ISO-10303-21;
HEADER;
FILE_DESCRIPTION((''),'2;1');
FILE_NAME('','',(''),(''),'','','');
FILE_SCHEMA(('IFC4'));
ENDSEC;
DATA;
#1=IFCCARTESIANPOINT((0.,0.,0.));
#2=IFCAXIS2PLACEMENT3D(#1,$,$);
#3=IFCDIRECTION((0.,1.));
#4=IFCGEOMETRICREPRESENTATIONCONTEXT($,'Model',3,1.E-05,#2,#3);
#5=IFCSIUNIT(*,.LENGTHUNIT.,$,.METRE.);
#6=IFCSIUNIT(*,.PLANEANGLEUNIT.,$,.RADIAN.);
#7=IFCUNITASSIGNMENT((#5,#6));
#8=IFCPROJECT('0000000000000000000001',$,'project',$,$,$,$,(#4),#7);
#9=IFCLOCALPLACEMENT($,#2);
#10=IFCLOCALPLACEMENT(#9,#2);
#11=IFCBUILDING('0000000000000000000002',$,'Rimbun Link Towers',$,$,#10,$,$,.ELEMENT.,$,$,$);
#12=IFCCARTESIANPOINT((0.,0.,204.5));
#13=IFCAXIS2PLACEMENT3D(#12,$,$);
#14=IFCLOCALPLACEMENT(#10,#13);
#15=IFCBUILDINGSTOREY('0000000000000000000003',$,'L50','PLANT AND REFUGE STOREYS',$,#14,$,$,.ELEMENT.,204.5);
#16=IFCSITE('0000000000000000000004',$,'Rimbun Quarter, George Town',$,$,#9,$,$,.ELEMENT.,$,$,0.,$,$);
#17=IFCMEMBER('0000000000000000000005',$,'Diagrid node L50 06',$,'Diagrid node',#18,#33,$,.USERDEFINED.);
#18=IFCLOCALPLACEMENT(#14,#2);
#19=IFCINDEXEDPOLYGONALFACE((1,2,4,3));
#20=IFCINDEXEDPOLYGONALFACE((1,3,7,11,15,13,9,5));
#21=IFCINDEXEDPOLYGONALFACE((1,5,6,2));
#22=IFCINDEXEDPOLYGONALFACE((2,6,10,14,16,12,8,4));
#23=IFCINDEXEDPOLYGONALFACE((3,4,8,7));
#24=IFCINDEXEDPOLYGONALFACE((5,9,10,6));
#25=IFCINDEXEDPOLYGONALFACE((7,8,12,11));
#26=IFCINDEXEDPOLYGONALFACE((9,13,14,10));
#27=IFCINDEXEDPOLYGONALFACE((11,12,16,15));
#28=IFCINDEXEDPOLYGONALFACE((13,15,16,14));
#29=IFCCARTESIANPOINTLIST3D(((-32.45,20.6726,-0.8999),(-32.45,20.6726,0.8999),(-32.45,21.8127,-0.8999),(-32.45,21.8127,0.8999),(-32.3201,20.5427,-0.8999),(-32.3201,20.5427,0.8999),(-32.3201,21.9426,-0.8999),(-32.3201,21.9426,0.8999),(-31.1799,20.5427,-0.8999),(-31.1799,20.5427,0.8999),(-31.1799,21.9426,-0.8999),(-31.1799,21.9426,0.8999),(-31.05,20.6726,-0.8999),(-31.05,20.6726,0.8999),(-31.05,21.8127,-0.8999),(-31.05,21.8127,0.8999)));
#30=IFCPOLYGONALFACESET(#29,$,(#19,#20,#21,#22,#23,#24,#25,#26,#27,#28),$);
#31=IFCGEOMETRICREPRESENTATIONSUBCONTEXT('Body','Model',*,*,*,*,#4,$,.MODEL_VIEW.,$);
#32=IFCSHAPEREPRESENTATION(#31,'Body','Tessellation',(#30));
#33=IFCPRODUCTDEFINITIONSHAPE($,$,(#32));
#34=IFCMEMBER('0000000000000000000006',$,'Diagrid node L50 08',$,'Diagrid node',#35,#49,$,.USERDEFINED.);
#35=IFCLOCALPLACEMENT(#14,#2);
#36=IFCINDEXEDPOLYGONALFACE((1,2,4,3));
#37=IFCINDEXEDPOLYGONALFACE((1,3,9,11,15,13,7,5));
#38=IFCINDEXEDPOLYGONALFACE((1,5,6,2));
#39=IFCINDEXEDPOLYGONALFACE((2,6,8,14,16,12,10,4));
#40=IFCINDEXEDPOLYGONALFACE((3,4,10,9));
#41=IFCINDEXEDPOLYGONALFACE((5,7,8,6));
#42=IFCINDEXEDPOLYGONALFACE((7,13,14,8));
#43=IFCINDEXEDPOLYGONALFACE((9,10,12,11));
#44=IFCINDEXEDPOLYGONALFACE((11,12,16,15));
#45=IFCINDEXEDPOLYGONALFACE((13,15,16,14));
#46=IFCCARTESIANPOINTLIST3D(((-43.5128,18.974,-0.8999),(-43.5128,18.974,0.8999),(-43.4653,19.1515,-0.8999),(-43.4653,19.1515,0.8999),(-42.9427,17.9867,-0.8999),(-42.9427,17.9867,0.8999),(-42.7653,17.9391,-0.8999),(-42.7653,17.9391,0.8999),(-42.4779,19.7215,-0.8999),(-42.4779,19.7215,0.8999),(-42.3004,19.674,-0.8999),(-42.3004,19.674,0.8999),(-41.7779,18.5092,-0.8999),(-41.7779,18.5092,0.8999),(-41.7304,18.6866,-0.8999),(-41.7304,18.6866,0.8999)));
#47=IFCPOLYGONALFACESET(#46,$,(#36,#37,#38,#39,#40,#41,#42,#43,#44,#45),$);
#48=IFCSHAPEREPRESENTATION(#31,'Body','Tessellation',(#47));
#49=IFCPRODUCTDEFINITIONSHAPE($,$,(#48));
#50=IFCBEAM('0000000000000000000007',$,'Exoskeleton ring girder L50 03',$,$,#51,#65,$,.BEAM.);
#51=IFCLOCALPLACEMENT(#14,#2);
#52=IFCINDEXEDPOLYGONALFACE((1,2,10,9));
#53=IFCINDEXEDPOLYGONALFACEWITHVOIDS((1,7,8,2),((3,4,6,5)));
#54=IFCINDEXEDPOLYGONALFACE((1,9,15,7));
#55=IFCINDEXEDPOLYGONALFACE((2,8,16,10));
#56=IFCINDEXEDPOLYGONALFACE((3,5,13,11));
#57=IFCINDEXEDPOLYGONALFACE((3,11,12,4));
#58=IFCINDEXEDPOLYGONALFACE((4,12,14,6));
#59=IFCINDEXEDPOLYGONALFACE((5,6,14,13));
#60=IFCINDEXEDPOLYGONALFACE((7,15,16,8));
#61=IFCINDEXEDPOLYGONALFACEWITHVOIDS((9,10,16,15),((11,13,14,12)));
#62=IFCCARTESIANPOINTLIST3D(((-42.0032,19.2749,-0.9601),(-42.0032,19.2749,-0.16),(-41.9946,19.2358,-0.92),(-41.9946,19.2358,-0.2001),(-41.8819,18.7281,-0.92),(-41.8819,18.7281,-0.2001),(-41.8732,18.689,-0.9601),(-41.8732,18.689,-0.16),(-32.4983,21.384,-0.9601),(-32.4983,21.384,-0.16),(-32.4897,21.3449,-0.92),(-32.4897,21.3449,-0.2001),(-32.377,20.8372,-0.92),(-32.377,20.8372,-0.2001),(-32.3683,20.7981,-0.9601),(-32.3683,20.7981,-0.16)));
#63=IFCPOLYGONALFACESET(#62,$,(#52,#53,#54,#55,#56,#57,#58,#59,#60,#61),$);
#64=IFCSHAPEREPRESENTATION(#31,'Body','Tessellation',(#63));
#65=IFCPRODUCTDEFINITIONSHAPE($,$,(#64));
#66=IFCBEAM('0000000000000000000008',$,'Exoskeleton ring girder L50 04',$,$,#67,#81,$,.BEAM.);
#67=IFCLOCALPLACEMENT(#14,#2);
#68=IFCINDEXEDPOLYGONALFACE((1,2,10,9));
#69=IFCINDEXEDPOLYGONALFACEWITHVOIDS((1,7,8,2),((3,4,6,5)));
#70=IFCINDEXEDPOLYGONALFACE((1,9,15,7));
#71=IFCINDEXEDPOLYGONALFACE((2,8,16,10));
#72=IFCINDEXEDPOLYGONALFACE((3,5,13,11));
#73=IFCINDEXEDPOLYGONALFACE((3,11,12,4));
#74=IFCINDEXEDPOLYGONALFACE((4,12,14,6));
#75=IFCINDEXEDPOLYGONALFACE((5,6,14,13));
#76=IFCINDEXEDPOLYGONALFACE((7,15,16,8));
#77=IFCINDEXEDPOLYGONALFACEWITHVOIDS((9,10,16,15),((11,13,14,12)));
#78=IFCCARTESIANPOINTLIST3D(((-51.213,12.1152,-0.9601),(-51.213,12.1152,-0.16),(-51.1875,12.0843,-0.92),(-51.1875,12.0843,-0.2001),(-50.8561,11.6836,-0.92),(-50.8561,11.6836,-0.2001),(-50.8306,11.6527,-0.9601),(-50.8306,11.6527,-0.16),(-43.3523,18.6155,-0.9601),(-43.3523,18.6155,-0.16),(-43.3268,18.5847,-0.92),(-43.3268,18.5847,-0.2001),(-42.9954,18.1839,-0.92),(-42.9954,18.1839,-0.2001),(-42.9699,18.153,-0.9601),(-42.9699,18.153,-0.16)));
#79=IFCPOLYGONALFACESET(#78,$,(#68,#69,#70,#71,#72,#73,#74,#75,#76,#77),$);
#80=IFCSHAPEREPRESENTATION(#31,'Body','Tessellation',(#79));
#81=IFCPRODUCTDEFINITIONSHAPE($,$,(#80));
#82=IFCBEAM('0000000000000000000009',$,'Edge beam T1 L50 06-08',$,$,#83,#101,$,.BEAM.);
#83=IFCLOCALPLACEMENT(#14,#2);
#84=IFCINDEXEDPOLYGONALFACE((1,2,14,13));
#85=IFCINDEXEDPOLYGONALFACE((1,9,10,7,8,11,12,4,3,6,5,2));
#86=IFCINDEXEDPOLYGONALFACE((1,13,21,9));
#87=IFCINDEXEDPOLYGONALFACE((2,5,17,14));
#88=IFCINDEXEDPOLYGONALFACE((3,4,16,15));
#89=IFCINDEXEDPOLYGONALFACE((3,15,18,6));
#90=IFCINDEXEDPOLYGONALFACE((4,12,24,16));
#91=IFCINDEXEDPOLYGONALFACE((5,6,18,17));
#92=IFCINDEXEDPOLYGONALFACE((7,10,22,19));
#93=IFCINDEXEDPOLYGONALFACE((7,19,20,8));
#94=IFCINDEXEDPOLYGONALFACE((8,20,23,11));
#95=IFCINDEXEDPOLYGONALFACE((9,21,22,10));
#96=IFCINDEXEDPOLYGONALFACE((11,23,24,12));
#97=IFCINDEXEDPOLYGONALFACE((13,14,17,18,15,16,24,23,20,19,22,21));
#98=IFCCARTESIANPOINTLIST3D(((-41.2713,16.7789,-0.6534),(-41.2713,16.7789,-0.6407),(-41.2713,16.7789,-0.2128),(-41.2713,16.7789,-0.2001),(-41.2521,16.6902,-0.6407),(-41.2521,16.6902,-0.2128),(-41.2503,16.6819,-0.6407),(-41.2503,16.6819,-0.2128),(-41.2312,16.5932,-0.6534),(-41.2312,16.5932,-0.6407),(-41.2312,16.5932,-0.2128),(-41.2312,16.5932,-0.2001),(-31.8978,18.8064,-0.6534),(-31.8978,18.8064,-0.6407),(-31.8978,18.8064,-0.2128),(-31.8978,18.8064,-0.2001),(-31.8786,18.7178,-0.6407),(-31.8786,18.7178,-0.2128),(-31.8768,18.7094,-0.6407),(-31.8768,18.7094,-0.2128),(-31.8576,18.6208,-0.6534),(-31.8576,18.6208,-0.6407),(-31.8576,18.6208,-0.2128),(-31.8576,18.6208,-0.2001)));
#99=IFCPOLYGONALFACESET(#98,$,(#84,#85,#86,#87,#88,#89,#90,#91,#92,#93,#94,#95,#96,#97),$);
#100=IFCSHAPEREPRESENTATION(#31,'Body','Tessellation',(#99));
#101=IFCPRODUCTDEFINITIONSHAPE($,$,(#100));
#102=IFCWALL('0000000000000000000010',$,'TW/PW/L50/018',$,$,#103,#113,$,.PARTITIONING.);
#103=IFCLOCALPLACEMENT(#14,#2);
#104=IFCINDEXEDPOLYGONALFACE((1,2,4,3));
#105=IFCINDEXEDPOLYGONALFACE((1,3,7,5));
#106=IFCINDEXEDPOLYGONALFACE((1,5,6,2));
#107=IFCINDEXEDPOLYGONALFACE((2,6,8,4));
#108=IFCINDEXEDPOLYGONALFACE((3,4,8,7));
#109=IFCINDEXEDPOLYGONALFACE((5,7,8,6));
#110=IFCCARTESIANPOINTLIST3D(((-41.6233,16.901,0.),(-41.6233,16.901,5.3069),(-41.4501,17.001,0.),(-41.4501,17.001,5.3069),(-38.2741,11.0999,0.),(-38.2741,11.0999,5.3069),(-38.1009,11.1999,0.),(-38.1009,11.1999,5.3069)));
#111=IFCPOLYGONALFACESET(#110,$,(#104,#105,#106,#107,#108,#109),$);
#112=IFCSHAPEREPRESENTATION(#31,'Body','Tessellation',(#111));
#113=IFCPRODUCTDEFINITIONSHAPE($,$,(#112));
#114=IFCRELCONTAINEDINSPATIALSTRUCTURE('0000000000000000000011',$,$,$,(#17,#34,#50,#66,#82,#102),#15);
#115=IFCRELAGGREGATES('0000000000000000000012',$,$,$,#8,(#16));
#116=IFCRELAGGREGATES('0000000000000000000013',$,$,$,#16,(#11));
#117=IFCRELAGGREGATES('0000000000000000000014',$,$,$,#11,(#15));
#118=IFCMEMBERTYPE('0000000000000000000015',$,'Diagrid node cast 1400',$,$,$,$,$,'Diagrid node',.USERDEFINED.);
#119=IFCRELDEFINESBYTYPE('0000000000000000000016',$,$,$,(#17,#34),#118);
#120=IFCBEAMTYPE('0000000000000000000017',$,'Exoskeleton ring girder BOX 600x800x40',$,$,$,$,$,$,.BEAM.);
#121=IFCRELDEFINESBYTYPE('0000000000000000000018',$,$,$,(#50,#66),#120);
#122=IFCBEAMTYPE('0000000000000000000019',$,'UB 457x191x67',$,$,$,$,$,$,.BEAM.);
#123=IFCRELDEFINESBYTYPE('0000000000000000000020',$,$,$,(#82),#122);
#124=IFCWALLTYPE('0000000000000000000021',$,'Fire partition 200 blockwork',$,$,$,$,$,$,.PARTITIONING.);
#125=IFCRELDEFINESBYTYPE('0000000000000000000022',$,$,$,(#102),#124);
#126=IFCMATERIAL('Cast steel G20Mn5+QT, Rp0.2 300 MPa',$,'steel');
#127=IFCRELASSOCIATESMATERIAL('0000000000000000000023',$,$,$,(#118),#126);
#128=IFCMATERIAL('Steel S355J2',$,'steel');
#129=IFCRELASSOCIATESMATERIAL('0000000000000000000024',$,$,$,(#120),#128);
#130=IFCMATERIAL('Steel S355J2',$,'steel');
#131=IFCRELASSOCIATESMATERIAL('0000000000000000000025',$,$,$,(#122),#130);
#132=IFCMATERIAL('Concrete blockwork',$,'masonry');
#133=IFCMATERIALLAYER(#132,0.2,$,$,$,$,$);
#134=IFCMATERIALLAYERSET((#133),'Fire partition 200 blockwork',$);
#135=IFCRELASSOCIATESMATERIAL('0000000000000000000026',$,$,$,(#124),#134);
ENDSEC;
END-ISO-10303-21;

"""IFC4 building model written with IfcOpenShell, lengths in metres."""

from ifc_helpers import new_model, si_unit, direction, frame, frame_2d, origin, origin_2d, place, context, subcontext, project, spatial, polyline, rectangle, hollow_rectangle, i_section, outline, extrude, material, layer, layer_set, material_profile, profile_set, type_object, element, save


model = new_model("IFC4")

# Units and contexts
model_context = context("Model", 3, precision=1e-05, world=origin(), true_north=direction((0.0, 1.0)))
body_context = subcontext(model_context, "Body", "Model", "MODEL_VIEW")
ifc_project = project(units=[si_unit("LENGTHUNIT", "METRE"), si_unit("PLANEANGLEUNIT", "RADIAN")], contexts=[model_context])

# Site, building, storey
site_placement = place(None, origin())
site = spatial("IfcSite", under=ifc_project, at=site_placement, Name="Rimbun Quarter, George Town", CompositionType="ELEMENT", RefElevation=0.0)
building_placement = place(site_placement, origin())
building = spatial("IfcBuilding", under=site, at=building_placement, Name="Rimbun Link Towers", CompositionType="ELEMENT")
storey_placement = place(building_placement, frame((0.0, 0.0, 204.5)))
storey = spatial("IfcBuildingStorey", under=building, at=storey_placement, Name="L50", Description="PLANT AND REFUGE STOREYS", CompositionType="ELEMENT", Elevation=204.5)

# Members
ifc_material_1 = material(Name="Cast steel G20Mn5+QT, Rp0.2 300 MPa", Category="steel")
ifc_material_profile_1 = material_profile(ifc_material_1, outline(polyline([(0.7, -0.5701), (0.7, 0.5701), (0.5701, 0.7), (-0.5701, 0.7), (-0.7, 0.5701), (-0.7, -0.5701), (-0.5701, -0.7), (0.5701, -0.7), (0.7, -0.5701)])), Name="NODE 1400x1400")
ifc_profile_set_1 = profile_set([ifc_material_profile_1], Name="Cast steel G20Mn5+QT, Rp0.2 300 MPa")
member_type_1 = type_object("IfcMemberType", Name="Diagrid node cast 1400", ElementType="Diagrid node", PredefinedType="USERDEFINED", material=ifc_profile_set_1)
for number, where, z_axis, x_axis, name in (
    (1, (-31.75, 21.2427, -0.8999), (0.0, 0.0, 1.0), (0.0, 1.0, 0.0), "Diagrid node L50 06"),
    (2, (-42.6216, 18.8303, -0.8999), (0.0, 0.0, 1.0), (-0.5, 0.866025, 0.0), "Diagrid node L50 08"),
):
    element("IfcMember", number, at=place(storey_placement, frame(where, z_axis=z_axis, x_axis=x_axis)), inside=storey, type_object=member_type_1, Name=name, ObjectType="Diagrid node", PredefinedType="USERDEFINED", context=body_context, shape_type="SweptSolid", body=[
        extrude(outline(polyline([(0.7, -0.5701), (0.7, 0.5701), (0.5701, 0.7), (-0.5701, 0.7), (-0.7, 0.5701), (-0.7, -0.5701), (-0.5701, -0.7), (0.5701, -0.7), (0.7, -0.5701)])), origin(), (0.0, 0.0, 1.0), 1.7998),
    ])

# Beams
ifc_material_2 = material(Name="Steel S355J2", Category="steel")
ifc_material_profile_2 = material_profile(ifc_material_2, hollow_rectangle(XDim=0.6001, YDim=0.8, WallThickness=0.04, at=origin_2d()), Name="Exoskeleton ring girder BOX 600x800x40")
ifc_profile_set_2 = profile_set([ifc_material_profile_2], Name="Steel S355J2")
beam_type_1 = type_object("IfcBeamType", Name="Exoskeleton ring girder BOX 600x800x40", PredefinedType="BEAM", material=ifc_profile_set_2)
beam_1_placement = place(storey_placement, frame((-32.4333, 21.0911, -0.5601), z_axis=(-0.976254, -0.21663, 0.0), x_axis=(0.21663, -0.976254, 0.0)))
element("IfcBeam", 3, at=beam_1_placement, inside=storey, type_object=beam_type_1, Name="Exoskeleton ring girder L50 03", PredefinedType="BEAM", context=body_context, shape_type="SweptSolid", body=[
    extrude(hollow_rectangle(XDim=0.6001, YDim=0.8, WallThickness=0.04, at=origin_2d()), origin(), (0.0, 0.0, 1.0), 9.7361),
])
beam_2_placement = place(storey_placement, frame((-43.1611, 18.3843, -0.5601), z_axis=(-0.770639, -0.637272, 0.0), x_axis=(0.637272, -0.770639, 0.0)))
element("IfcBeam", 4, at=beam_2_placement, inside=storey, type_object=beam_type_1, Name="Exoskeleton ring girder L50 04", PredefinedType="BEAM", context=body_context, shape_type="SweptSolid", body=[
    extrude(hollow_rectangle(XDim=0.6001, YDim=0.8, WallThickness=0.04, at=origin_2d()), origin(), (0.0, 0.0, 1.0), 10.2002),
])
ifc_material_3 = material(Name="Steel S355J2", Category="steel")
ifc_material_profile_3 = material_profile(ifc_material_3, i_section(OverallWidth=0.1899, OverallDepth=0.4534, WebThickness=0.0085, FlangeThickness=0.0127, at=origin_2d()), Name="UB 457x191x67")
ifc_profile_set_3 = profile_set([ifc_material_profile_3], Name="Steel S355J2")
beam_type_2 = type_object("IfcBeamType", Name="UB 457x191x67", PredefinedType="BEAM", material=ifc_profile_set_3)
beam_3_placement = place(storey_placement, frame((-31.8777, 18.7136, -0.4268), z_axis=(-0.977395, -0.21142, 0.0), x_axis=(0.21142, -0.977395, 0.0)))
element("IfcBeam", 5, at=beam_3_placement, inside=storey, type_object=beam_type_2, Name="Edge beam T1 L50 06-08", PredefinedType="BEAM", context=body_context, shape_type="SweptSolid", body=[
    extrude(i_section(OverallWidth=0.1899, OverallDepth=0.4534, WebThickness=0.0085, FlangeThickness=0.0127, at=origin_2d()), origin(), (0.0, 0.0, 1.0), 9.5903),
])

# Wall
ifc_material_4 = material(Name="Concrete blockwork", Category="masonry")
ifc_layer = layer(ifc_material_4, 0.2)
ifc_layer_set = layer_set([ifc_layer], Name="Fire partition 200 blockwork")
wall_type = type_object("IfcWallType", Name="Fire partition 200 blockwork", PredefinedType="PARTITIONING", material=ifc_layer_set)
wall_placement = place(storey_placement, frame((-41.5366, 16.9509, 0.0), z_axis=(0.0, 0.0, 1.0), x_axis=(0.499989, -0.866032, 0.0)))
element("IfcWall", 6, at=wall_placement, inside=storey, type_object=wall_type, Name="TW/PW/L50/018", PredefinedType="PARTITIONING", context=body_context, shape_type="SweptSolid", body=[
    extrude(rectangle(XDim=6.6985, YDim=0.2, at=frame_2d((3.3491, 0.0))), origin(), (0.0, 0.0, 1.0), 5.3069),
])

save(model, "model.ifc")
